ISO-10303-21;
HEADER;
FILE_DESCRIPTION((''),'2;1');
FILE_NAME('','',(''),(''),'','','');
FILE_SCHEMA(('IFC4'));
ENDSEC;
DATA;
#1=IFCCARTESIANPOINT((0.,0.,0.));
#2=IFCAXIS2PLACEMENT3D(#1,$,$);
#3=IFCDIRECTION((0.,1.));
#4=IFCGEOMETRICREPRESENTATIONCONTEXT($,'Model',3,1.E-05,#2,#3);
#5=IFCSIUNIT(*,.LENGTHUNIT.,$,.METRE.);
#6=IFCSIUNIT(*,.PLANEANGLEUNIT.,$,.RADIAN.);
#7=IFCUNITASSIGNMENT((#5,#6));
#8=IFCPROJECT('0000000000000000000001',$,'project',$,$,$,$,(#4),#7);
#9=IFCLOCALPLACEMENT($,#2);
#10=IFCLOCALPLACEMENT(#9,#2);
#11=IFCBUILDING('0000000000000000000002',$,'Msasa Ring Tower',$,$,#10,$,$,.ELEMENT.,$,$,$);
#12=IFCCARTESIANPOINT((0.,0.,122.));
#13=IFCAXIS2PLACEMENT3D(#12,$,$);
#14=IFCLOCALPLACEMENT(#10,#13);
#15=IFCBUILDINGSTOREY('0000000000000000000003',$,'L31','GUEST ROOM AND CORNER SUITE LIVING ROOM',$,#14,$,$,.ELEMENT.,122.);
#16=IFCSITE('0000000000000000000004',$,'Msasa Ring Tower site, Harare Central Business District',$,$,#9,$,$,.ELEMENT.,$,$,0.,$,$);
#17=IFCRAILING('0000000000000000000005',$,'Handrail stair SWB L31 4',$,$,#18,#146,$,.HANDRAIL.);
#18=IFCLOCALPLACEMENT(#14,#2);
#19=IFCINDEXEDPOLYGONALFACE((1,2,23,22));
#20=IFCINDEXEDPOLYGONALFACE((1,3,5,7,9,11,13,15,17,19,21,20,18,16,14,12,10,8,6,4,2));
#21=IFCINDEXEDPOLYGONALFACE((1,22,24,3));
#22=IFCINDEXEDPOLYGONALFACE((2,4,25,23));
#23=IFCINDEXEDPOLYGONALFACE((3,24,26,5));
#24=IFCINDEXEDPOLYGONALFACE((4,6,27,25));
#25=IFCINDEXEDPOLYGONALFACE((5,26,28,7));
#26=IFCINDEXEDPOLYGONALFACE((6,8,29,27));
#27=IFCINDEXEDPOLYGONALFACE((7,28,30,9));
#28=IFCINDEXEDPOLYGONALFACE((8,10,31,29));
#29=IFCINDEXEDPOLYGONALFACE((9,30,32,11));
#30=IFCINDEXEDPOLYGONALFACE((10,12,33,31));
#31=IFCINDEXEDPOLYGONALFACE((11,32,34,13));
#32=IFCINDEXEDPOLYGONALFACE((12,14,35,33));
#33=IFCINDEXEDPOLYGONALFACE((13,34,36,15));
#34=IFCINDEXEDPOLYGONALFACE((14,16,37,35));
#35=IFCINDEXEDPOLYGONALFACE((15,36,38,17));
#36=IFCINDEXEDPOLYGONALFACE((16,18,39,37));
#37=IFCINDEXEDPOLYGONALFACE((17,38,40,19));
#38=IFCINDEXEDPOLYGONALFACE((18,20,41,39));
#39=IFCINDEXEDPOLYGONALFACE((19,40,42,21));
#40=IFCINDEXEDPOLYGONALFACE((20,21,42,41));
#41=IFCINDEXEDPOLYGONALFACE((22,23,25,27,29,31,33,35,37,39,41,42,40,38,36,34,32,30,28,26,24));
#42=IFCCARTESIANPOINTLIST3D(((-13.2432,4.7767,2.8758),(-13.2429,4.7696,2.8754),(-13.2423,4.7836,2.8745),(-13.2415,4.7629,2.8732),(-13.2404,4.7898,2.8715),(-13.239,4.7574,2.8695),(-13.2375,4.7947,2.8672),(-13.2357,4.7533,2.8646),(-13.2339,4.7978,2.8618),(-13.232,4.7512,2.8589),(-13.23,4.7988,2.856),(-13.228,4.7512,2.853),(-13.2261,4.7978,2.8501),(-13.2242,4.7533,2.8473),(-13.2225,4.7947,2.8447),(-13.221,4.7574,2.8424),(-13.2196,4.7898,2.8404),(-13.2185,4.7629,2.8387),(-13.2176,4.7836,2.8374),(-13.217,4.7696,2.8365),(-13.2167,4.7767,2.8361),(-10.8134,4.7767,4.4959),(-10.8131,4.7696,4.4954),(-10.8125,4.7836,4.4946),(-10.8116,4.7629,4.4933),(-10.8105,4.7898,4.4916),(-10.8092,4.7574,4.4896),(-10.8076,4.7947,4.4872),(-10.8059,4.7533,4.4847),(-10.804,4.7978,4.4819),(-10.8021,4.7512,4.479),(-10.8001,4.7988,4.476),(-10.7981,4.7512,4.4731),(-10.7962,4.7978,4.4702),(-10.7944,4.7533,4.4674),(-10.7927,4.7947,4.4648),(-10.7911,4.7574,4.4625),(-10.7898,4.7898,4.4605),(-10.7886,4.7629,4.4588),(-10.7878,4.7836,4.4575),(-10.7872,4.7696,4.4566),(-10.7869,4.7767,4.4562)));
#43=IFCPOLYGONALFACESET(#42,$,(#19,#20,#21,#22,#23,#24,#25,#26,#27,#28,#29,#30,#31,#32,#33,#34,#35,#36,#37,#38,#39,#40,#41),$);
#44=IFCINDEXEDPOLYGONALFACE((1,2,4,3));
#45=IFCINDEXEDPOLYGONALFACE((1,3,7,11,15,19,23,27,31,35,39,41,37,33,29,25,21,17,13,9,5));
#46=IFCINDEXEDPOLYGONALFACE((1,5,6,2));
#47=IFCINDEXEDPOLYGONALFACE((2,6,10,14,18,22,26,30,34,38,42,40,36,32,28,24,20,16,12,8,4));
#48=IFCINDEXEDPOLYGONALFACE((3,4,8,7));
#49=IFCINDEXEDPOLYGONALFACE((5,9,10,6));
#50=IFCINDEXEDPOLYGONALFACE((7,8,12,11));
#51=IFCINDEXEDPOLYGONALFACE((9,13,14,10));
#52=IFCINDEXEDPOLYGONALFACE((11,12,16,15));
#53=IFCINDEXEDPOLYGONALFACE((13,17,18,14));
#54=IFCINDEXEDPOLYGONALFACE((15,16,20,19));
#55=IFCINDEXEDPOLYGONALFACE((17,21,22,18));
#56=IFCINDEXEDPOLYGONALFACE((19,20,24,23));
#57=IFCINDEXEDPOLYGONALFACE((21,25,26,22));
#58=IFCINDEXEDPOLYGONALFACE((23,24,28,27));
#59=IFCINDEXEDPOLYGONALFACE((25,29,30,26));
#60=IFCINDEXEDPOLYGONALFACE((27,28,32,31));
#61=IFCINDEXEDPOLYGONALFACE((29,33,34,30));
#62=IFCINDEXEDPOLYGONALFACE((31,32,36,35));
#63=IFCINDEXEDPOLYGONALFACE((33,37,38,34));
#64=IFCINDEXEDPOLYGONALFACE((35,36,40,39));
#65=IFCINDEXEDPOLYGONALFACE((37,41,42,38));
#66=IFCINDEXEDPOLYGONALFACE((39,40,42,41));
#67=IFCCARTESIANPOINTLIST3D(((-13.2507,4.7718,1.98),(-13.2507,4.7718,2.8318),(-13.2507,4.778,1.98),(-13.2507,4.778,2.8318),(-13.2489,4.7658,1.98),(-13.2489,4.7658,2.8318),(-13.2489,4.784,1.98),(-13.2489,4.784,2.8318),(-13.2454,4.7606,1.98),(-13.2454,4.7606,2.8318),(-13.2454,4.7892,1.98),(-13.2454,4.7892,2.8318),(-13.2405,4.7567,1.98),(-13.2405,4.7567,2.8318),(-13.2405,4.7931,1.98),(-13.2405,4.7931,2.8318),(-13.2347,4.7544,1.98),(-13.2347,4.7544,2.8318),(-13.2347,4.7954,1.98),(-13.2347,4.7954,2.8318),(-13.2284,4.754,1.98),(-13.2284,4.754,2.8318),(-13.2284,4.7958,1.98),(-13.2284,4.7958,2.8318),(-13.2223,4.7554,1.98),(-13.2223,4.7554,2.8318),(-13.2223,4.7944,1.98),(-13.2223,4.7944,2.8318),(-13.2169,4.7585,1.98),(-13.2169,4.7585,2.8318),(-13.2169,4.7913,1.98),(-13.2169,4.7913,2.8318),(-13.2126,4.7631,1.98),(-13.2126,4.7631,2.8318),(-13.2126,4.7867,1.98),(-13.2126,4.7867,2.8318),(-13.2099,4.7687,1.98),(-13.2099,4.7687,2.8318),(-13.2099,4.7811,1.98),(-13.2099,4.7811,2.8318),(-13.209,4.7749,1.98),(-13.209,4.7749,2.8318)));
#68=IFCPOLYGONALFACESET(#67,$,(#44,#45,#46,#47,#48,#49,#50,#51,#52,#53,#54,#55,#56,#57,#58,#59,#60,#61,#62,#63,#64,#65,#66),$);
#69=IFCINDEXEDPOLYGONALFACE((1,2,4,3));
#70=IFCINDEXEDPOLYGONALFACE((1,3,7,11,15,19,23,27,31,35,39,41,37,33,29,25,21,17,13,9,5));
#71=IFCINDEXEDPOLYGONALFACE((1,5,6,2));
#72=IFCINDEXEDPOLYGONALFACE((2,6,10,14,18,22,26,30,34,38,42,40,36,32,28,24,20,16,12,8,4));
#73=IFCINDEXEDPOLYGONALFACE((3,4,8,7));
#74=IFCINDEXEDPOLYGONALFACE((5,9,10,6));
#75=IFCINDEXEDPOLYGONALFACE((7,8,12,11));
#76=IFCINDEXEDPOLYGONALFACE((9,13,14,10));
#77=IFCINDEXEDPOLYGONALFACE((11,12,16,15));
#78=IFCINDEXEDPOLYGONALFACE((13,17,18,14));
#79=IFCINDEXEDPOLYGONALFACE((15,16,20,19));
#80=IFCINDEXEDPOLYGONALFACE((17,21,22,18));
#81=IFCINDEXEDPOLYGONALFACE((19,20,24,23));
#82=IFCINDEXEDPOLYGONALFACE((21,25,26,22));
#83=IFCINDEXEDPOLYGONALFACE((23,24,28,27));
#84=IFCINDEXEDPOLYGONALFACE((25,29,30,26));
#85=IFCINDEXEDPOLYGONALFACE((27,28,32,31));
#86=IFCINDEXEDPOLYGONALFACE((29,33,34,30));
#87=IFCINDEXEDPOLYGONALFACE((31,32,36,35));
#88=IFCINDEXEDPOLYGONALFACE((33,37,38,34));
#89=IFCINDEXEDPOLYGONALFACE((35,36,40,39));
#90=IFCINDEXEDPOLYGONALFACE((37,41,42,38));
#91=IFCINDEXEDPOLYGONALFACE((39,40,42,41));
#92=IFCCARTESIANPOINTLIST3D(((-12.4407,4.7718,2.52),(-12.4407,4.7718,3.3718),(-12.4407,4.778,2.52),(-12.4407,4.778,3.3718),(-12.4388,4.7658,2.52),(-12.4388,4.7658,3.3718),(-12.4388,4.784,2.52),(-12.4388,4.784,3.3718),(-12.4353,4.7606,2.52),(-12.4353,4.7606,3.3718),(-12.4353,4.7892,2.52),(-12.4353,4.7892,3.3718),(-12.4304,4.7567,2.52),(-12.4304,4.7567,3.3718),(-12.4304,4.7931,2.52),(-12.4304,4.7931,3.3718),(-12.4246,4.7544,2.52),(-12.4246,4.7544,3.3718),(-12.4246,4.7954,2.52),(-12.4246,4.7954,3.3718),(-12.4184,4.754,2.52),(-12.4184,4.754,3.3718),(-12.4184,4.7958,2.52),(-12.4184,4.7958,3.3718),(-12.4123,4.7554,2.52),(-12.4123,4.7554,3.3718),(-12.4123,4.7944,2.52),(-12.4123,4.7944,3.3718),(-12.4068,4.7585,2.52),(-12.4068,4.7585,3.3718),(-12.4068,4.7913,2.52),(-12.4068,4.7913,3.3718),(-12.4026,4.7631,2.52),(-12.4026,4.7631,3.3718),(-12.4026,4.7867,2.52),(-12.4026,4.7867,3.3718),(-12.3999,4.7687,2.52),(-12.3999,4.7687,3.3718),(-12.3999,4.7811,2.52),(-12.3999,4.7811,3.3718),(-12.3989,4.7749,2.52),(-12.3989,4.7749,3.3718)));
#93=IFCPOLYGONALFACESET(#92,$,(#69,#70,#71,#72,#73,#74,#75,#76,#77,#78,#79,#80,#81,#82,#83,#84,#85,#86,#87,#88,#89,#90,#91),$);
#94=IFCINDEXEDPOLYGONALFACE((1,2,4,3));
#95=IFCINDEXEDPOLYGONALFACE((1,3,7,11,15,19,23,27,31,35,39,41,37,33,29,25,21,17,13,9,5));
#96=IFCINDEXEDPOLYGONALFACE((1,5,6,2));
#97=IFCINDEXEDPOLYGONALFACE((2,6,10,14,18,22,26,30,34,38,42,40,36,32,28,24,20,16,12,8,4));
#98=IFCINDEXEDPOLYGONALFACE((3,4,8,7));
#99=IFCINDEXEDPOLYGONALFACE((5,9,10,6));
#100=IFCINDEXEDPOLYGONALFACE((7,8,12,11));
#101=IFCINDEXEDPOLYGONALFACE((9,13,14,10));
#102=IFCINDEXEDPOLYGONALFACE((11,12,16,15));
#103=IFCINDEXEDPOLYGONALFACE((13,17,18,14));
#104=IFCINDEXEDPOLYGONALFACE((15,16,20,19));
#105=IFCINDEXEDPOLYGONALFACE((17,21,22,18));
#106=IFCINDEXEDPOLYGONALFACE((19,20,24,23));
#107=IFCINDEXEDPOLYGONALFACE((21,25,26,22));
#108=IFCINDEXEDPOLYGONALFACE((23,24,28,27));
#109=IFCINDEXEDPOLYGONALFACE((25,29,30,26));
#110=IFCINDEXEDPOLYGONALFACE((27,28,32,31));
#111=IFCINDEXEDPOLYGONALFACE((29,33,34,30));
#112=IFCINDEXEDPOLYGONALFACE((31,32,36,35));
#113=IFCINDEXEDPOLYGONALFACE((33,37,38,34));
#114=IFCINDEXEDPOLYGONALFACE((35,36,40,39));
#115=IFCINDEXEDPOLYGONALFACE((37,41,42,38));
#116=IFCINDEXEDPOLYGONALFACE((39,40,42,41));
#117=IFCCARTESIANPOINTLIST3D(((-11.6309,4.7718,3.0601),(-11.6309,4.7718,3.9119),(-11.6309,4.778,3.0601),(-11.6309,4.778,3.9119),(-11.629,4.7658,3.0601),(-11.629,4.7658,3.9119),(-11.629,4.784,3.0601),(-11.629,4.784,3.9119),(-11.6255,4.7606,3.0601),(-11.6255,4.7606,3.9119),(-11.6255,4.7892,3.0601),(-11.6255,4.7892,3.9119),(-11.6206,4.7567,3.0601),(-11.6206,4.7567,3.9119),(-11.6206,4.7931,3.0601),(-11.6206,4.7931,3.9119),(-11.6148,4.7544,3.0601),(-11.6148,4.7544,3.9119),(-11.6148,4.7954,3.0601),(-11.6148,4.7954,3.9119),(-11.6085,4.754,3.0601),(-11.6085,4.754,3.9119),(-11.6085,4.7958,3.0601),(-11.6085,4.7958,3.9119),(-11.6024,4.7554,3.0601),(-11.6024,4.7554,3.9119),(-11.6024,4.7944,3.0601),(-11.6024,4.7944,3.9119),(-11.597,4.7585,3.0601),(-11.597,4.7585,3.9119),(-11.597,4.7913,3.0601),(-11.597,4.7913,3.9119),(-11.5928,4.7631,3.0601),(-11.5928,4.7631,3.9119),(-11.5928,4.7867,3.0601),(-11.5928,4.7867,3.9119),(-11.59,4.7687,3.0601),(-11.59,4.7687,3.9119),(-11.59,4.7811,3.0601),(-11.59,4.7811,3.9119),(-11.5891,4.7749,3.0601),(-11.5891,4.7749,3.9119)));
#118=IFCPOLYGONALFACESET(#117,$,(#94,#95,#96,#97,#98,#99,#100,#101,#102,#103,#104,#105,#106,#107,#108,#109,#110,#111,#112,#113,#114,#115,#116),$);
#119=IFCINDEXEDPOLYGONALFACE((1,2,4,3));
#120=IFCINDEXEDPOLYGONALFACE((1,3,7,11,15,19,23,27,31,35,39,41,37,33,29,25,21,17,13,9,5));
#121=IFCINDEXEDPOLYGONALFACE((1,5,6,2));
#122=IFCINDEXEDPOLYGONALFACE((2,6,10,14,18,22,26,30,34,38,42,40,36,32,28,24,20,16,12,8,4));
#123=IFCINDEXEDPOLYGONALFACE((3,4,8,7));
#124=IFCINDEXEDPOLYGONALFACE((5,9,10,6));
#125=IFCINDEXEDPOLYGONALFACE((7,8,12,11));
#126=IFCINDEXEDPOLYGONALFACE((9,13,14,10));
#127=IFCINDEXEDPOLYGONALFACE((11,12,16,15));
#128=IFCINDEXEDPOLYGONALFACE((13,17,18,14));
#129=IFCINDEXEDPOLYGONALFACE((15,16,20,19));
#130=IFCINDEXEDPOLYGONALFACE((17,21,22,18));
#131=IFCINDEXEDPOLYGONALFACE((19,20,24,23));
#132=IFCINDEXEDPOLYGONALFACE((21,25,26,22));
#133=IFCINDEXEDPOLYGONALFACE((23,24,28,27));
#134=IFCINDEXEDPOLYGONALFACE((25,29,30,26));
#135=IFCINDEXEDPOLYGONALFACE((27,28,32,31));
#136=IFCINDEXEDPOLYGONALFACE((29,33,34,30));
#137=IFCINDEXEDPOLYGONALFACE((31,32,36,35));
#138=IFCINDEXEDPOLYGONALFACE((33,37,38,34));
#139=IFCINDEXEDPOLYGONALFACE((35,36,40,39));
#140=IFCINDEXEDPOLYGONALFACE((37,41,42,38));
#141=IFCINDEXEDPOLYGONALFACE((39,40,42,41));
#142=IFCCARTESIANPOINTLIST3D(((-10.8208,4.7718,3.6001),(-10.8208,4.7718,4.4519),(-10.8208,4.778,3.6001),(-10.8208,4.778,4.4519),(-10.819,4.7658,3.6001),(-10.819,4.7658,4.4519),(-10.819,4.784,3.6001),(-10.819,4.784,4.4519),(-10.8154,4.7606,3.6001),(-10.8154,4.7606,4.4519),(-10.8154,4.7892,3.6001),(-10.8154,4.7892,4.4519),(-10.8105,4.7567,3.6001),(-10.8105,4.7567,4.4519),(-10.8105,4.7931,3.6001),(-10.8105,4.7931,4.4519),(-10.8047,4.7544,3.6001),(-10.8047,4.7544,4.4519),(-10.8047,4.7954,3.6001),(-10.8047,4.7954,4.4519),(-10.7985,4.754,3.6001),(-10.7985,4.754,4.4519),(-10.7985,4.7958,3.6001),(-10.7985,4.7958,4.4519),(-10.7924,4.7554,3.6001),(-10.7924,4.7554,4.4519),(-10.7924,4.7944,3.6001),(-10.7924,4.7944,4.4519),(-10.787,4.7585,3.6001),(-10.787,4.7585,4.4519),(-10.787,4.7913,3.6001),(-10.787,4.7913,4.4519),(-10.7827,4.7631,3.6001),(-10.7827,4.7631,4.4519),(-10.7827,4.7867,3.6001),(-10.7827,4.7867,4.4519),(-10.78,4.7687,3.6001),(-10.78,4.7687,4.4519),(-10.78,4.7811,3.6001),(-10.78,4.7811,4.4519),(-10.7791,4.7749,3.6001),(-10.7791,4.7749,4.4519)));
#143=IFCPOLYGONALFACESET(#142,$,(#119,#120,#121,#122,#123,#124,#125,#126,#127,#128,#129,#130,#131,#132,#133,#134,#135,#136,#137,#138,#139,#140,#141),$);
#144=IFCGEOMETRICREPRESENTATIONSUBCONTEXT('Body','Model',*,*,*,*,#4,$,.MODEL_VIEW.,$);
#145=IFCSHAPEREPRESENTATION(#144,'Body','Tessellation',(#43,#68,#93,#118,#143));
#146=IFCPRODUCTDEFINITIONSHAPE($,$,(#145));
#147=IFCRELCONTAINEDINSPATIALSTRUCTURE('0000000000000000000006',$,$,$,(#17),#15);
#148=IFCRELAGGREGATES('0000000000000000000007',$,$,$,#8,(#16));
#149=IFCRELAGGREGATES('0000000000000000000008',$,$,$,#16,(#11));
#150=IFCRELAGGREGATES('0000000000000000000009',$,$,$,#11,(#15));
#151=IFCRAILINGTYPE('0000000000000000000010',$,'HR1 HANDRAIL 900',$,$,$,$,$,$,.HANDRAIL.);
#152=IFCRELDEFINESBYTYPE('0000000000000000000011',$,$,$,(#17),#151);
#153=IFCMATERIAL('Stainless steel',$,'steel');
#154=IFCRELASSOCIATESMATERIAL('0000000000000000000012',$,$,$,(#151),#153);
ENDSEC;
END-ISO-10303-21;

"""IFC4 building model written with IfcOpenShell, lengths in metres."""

from ifc_helpers import new_model, si_unit, direction, frame, origin, origin_2d, place, context, subcontext, project, spatial, circle, extrude, material, type_object, element, save


model = new_model("IFC4")

# Units and contexts
model_context = context("Model", 3, precision=1e-05, world=origin(), true_north=direction((0.0, 1.0)))
body_context = subcontext(model_context, "Body", "Model", "MODEL_VIEW")
ifc_project = project(units=[si_unit("LENGTHUNIT", "METRE"), si_unit("PLANEANGLEUNIT", "RADIAN")], contexts=[model_context])

# Site, building, storey
site_placement = place(None, origin())
site = spatial("IfcSite", under=ifc_project, at=site_placement, Name="Msasa Ring Tower site, Harare Central Business District", CompositionType="ELEMENT", RefElevation=0.0)
building_placement = place(site_placement, origin())
building = spatial("IfcBuilding", under=site, at=building_placement, Name="Msasa Ring Tower", CompositionType="ELEMENT")
storey_placement = place(building_placement, frame((0.0, 0.0, 122.0)))
storey = spatial("IfcBuildingStorey", under=building, at=storey_placement, Name="L31", Description="GUEST ROOM AND CORNER SUITE LIVING ROOM", CompositionType="ELEMENT", Elevation=122.0)

# Railing
ifc_material_1 = material(Name="Stainless steel", Category="steel")
railing_type = type_object("IfcRailingType", Name="HR1 HANDRAIL 900", PredefinedType="HANDRAIL", material=ifc_material_1)
for number, where, name in (
    (1, (-13.23, 4.7749, 1.98), "Handrail stair SWB L31 4"),
):
    element("IfcRailing", number, at=place(storey_placement, frame(where)), inside=storey, type_object=railing_type, Name=name, PredefinedType="HANDRAIL", context=body_context, shape_type="SweptSolid", body=[
        extrude(circle(Radius=0.0239, at=origin_2d()), frame((0.0, 0.0, 0.876), z_axis=(0.832025, 0.0, 0.554739), x_axis=(0.0, 1.0, 0.0)), (0.0, 0.0, 1.0), 2.9204),
        extrude(circle(Radius=0.021, at=origin_2d()), origin(), (0.0, 0.0, 1.0), 0.8518),
        extrude(circle(Radius=0.021, at=origin_2d()), frame((0.8101, 0.0, 0.54)), (0.0, 0.0, 1.0), 0.8518),
        extrude(circle(Radius=0.021, at=origin_2d()), frame((1.6199, 0.0, 1.0801)), (0.0, 0.0, 1.0), 0.8518),
        extrude(circle(Radius=0.021, at=origin_2d()), frame((2.4299, 0.0, 1.6201)), (0.0, 0.0, 1.0), 0.8518),
    ])

save(model, "model.ifc")
